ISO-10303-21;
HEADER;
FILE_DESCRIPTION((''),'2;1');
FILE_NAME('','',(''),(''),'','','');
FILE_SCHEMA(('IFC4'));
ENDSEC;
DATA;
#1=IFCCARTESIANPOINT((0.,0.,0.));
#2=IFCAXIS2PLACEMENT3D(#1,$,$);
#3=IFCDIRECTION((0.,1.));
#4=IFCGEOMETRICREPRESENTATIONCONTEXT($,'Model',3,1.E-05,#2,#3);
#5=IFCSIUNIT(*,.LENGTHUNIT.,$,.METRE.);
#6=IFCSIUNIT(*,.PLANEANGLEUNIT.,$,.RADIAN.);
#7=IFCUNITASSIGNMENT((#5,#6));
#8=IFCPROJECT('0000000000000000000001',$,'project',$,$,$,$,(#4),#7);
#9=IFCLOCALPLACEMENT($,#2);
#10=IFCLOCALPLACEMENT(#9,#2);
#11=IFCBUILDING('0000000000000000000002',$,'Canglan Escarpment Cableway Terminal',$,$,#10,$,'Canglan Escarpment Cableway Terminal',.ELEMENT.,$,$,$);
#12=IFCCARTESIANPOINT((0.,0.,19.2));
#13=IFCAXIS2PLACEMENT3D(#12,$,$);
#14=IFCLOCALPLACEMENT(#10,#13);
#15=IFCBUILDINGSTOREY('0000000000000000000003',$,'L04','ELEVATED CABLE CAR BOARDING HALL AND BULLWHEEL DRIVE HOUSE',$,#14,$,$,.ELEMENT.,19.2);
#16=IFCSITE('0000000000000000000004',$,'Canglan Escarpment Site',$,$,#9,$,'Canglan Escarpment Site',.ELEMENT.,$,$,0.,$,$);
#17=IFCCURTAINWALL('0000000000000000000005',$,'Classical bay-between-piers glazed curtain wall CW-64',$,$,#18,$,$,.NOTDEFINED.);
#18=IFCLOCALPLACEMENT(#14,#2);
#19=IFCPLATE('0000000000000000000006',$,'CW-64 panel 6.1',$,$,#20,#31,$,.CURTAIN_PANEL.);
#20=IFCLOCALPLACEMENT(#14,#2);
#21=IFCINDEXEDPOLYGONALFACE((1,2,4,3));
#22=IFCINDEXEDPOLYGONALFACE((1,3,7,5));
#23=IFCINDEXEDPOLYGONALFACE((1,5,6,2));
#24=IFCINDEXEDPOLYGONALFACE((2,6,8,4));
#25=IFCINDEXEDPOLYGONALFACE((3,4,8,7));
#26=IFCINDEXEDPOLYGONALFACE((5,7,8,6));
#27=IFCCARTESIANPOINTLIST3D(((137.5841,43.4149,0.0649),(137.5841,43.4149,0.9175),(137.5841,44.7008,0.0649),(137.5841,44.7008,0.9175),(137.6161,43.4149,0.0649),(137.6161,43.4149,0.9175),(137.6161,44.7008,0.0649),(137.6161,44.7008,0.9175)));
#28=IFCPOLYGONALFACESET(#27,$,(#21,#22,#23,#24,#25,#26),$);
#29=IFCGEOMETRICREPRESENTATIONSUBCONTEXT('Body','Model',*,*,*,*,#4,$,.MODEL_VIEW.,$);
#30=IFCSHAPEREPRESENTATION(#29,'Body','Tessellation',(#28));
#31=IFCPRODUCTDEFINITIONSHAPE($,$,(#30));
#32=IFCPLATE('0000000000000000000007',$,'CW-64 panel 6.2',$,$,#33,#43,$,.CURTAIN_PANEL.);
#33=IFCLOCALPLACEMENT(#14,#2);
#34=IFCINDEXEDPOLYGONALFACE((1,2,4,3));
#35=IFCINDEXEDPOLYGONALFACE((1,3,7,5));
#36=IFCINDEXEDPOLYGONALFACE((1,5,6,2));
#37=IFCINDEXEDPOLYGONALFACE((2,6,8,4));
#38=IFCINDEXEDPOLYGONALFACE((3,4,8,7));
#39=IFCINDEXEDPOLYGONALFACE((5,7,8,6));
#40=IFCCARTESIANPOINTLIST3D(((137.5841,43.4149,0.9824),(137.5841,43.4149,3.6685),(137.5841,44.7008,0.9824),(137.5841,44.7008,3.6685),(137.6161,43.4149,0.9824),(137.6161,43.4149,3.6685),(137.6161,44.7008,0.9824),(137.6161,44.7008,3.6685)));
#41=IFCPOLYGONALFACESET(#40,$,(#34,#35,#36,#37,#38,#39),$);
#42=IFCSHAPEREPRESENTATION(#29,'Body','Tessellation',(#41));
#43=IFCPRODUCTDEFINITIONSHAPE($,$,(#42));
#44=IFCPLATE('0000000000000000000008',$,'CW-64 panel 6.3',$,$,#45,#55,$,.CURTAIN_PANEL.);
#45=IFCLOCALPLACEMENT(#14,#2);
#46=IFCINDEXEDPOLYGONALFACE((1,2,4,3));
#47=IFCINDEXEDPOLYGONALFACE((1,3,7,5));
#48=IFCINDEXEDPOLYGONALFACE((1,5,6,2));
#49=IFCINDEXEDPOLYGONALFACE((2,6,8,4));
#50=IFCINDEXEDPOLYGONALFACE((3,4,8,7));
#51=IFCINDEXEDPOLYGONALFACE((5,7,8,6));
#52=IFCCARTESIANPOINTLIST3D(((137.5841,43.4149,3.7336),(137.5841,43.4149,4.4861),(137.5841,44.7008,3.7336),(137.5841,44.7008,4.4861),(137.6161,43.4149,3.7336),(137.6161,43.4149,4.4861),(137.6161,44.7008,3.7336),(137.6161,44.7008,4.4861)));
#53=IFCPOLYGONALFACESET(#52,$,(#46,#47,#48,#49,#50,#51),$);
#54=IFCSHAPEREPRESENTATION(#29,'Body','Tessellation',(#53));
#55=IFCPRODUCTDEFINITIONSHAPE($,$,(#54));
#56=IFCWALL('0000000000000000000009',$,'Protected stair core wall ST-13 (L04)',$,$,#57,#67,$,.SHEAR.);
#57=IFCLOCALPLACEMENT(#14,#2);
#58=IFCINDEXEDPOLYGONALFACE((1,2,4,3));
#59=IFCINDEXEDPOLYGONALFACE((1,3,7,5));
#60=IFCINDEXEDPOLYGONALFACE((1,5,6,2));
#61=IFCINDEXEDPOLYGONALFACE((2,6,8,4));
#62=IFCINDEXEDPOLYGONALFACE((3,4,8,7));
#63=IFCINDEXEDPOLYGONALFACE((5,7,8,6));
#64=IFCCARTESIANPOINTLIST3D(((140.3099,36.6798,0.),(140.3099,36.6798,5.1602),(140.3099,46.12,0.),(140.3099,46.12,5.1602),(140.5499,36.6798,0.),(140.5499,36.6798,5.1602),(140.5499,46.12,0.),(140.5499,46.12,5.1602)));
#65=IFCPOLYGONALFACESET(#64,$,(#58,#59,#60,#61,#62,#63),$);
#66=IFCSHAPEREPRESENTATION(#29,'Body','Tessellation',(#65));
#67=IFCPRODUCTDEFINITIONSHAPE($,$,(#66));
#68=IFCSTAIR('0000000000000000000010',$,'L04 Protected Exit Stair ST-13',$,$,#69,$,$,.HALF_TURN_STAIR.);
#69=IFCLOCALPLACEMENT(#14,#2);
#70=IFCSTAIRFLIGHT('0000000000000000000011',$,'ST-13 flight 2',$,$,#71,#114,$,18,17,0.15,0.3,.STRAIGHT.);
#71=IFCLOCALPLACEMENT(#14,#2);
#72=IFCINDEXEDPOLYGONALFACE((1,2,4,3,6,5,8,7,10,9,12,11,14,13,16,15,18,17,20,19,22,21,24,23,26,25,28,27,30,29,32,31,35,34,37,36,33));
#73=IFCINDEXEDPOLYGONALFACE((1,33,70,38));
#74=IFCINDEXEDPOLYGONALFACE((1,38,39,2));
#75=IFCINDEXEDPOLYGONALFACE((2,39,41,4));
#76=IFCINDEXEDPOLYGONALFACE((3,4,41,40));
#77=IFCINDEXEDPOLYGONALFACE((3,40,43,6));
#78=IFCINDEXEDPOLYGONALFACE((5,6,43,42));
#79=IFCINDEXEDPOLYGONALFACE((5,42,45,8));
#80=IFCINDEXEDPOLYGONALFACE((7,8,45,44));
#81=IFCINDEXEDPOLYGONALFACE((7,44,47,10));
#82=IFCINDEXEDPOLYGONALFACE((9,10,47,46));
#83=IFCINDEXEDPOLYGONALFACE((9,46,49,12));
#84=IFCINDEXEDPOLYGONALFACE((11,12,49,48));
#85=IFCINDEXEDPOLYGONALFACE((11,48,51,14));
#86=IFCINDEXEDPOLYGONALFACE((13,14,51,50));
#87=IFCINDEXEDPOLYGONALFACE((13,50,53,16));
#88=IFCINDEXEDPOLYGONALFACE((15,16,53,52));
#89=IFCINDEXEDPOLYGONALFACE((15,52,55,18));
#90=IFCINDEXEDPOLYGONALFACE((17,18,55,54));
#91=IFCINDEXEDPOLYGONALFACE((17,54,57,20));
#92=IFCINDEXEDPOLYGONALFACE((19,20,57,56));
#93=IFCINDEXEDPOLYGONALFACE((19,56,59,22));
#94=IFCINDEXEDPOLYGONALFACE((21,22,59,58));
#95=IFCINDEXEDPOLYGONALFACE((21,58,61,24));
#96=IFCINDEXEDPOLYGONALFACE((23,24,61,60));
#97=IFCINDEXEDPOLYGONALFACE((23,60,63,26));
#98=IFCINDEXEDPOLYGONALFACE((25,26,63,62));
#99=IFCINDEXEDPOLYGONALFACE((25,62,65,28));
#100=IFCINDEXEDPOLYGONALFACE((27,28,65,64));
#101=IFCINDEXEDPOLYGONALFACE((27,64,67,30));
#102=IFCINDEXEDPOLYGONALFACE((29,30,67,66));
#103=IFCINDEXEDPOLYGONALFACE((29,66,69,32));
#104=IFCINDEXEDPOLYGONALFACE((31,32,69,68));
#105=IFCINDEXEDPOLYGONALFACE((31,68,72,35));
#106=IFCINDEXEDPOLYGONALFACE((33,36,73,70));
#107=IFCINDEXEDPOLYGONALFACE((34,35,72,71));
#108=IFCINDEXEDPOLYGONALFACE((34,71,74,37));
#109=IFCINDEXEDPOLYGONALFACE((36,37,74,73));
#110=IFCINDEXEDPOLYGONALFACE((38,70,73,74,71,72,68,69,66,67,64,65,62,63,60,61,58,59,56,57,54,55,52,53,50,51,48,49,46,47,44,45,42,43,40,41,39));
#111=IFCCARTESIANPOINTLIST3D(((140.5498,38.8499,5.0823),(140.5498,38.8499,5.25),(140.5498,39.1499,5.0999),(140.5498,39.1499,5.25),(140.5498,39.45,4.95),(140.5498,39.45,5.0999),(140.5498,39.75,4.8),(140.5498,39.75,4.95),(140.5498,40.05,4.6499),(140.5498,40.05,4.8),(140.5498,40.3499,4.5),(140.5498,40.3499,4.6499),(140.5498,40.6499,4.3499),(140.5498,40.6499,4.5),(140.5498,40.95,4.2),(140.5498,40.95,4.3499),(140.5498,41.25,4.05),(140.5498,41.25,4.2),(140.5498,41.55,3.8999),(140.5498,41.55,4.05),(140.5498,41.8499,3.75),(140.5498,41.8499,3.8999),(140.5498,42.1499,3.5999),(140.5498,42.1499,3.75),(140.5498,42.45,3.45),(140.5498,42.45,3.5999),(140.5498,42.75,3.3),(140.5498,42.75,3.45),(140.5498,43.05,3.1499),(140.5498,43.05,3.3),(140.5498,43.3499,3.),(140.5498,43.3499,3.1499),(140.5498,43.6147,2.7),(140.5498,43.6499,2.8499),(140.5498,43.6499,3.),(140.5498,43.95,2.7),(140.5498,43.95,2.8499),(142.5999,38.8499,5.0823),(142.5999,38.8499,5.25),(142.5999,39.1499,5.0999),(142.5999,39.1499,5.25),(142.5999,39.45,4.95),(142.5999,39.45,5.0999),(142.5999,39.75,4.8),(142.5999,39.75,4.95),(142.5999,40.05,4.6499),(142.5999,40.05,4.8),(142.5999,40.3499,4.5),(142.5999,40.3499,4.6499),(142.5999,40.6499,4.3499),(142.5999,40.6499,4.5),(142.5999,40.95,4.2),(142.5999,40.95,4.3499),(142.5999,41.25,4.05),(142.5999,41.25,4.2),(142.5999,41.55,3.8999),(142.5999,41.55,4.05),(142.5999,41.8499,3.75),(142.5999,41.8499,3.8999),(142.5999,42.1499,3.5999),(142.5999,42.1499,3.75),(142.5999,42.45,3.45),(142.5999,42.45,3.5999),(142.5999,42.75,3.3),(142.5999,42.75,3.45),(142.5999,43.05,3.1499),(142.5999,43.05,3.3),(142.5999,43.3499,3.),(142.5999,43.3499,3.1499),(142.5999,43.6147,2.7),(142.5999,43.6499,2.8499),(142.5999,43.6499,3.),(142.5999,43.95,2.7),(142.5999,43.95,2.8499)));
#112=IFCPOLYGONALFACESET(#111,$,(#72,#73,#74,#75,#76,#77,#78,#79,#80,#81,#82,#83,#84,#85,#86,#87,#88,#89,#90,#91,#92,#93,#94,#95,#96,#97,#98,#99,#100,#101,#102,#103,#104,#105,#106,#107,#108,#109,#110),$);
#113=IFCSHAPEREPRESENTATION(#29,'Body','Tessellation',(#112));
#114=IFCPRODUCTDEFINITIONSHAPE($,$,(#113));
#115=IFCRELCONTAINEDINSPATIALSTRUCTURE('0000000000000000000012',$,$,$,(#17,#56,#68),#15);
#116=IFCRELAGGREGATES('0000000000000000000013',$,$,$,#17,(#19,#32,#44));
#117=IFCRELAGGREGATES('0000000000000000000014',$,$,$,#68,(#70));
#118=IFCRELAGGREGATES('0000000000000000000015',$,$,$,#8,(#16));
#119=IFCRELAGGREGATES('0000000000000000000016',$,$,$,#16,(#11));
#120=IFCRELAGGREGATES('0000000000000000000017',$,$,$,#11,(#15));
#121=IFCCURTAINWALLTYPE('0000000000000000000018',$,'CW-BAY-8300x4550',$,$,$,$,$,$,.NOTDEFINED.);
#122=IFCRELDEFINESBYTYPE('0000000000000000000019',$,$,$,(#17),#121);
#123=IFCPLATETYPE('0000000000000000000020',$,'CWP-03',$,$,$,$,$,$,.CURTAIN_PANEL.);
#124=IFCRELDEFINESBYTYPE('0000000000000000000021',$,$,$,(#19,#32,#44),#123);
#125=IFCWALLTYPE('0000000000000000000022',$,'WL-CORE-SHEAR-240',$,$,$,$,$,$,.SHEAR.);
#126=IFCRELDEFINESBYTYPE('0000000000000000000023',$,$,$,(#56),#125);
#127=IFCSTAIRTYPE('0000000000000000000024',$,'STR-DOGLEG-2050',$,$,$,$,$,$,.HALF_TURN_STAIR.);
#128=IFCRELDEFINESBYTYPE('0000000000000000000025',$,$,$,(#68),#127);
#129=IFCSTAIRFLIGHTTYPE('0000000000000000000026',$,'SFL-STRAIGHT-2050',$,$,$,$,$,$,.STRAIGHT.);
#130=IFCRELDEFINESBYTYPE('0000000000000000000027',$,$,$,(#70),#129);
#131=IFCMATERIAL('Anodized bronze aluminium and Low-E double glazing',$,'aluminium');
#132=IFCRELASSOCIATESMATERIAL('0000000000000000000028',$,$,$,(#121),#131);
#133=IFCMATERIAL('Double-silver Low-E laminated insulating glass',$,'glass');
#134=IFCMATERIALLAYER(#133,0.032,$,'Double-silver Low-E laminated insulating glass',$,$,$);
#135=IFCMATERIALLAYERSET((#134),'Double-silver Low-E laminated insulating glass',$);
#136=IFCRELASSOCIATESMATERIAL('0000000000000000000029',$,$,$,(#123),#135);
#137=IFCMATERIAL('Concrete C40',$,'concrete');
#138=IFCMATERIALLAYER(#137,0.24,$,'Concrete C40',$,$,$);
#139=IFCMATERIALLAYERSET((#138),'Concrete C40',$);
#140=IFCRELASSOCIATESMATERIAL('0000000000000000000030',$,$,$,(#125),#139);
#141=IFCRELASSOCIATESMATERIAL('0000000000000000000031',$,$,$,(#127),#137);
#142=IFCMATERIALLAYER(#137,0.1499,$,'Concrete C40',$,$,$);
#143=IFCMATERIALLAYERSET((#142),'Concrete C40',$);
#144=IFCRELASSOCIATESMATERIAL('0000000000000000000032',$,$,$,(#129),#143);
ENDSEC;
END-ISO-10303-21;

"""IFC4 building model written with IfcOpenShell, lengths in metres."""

from ifc_helpers import new_model, si_unit, direction, frame, frame_2d, origin, origin_2d, place, context, subcontext, project, spatial, polyline, rectangle, outline, extrude, material, layer, layer_set, type_object, element, aggregate, save


model = new_model("IFC4")

# Units and contexts
model_context = context("Model", 3, precision=1e-05, world=origin(), true_north=direction((0.0, 1.0)))
body_context = subcontext(model_context, "Body", "Model", "MODEL_VIEW")
ifc_project = project(units=[si_unit("LENGTHUNIT", "METRE"), si_unit("PLANEANGLEUNIT", "RADIAN")], contexts=[model_context])

# Site, building, storey
site_placement = place(None, origin())
site = spatial("IfcSite", under=ifc_project, at=site_placement, Name="Canglan Escarpment Site", LongName="Canglan Escarpment Site", CompositionType="ELEMENT", RefElevation=0.0)
building_placement = place(site_placement, origin())
building = spatial("IfcBuilding", under=site, at=building_placement, Name="Canglan Escarpment Cableway Terminal", LongName="Canglan Escarpment Cableway Terminal", CompositionType="ELEMENT")
storey_placement = place(building_placement, frame((0.0, 0.0, 19.2)))
storey = spatial("IfcBuildingStorey", under=building, at=storey_placement, Name="L04", Description="ELEVATED CABLE CAR BOARDING HALL AND BULLWHEEL DRIVE HOUSE", CompositionType="ELEMENT", Elevation=19.2)

# Curtain wall, plates
ifc_material_1 = material(Name="Anodized bronze aluminium and Low-E double glazing", Category="aluminium")
curtain_wall_type = type_object("IfcCurtainWallType", Name="CW-BAY-8300x4550", PredefinedType="NOTDEFINED", material=ifc_material_1)
curtain_wall_placement = place(storey_placement, origin())
curtain_wall = element("IfcCurtainWall", 1, at=curtain_wall_placement, inside=storey, type_object=curtain_wall_type, Name="Classical bay-between-piers glazed curtain wall CW-64", PredefinedType="NOTDEFINED")
ifc_material_2 = material(Name="Double-silver Low-E laminated insulating glass", Category="glass")
ifc_layer_1 = layer(ifc_material_2, 0.032, Name="Double-silver Low-E laminated insulating glass")
ifc_layer_set_1 = layer_set([ifc_layer_1], Name="Double-silver Low-E laminated insulating glass")
plate_type = type_object("IfcPlateType", Name="CWP-03", PredefinedType="CURTAIN_PANEL", material=ifc_layer_set_1)
plate_1_placement = place(storey_placement, frame((137.6001, 44.0579, 0.0649), z_axis=(0.0, 0.0, 1.0), x_axis=(0.0, -1.0, 0.0)))
plate_1 = element("IfcPlate", 2, at=plate_1_placement, type_object=plate_type, Name="CW-64 panel 6.1", PredefinedType="CURTAIN_PANEL", context=body_context, shape_type="SweptSolid", body=[
    extrude(rectangle(XDim=1.2859, YDim=0.032, at=origin_2d()), origin(), (0.0, 0.0, 1.0), 0.8525),
])
plate_2_placement = place(storey_placement, frame((137.6001, 44.0579, 0.9824), z_axis=(0.0, 0.0, 1.0), x_axis=(0.0, -1.0, 0.0)))
plate_2 = element("IfcPlate", 3, at=plate_2_placement, type_object=plate_type, Name="CW-64 panel 6.2", PredefinedType="CURTAIN_PANEL", context=body_context, shape_type="SweptSolid", body=[
    extrude(rectangle(XDim=1.2859, YDim=0.032, at=origin_2d()), origin(), (0.0, 0.0, 1.0), 2.686),
])
plate_3_placement = place(storey_placement, frame((137.6001, 44.0579, 3.7336), z_axis=(0.0, 0.0, 1.0), x_axis=(0.0, -1.0, 0.0)))
plate_3 = element("IfcPlate", 4, at=plate_3_placement, type_object=plate_type, Name="CW-64 panel 6.3", PredefinedType="CURTAIN_PANEL", context=body_context, shape_type="SweptSolid", body=[
    extrude(rectangle(XDim=1.2859, YDim=0.032, at=origin_2d()), origin(), (0.0, 0.0, 1.0), 0.7524),
])
aggregate(curtain_wall, [plate_1, plate_2, plate_3])

# Wall
ifc_material_3 = material(Name="Concrete C40", Category="concrete")
ifc_layer_2 = layer(ifc_material_3, 0.24, Name="Concrete C40")
ifc_layer_set_2 = layer_set([ifc_layer_2], Name="Concrete C40")
wall_type = type_object("IfcWallType", Name="WL-CORE-SHEAR-240", PredefinedType="SHEAR", material=ifc_layer_set_2)
wall_placement = place(storey_placement, frame((140.4299, 46.1201, 0.0), z_axis=(0.0, 0.0, 1.0), x_axis=(0.0, -1.0, 0.0)))
element("IfcWall", 5, at=wall_placement, inside=storey, type_object=wall_type, Name="Protected stair core wall ST-13 (L04)", PredefinedType="SHEAR", context=body_context, shape_type="SweptSolid", body=[
    extrude(rectangle(XDim=9.4402, YDim=0.24, at=frame_2d((4.7202, 0.0))), origin(), (0.0, 0.0, 1.0), 5.1602),
])

# Stair, stair flight
stair_type = type_object("IfcStairType", Name="STR-DOGLEG-2050", PredefinedType="HALF_TURN_STAIR", material=ifc_material_3)
stair_placement = place(storey_placement, origin())
stair = element("IfcStair", 6, at=stair_placement, inside=storey, type_object=stair_type, Name="L04 Protected Exit Stair ST-13", PredefinedType="HALF_TURN_STAIR")
ifc_layer_3 = layer(ifc_material_3, 0.1499, Name="Concrete C40")
ifc_layer_set_3 = layer_set([ifc_layer_3], Name="Concrete C40")
stair_flight_type = type_object("IfcStairFlightType", Name="SFL-STRAIGHT-2050", PredefinedType="STRAIGHT", material=ifc_layer_set_3)
stair_flight_placement = place(storey_placement, frame((141.575, 43.95, 2.7), z_axis=(0.0, 0.0, 1.0), x_axis=(0.0, -1.0, 0.0)))
stair_flight = element("IfcStairFlight", 7, at=stair_flight_placement, type_object=stair_flight_type, Name="ST-13 flight 2", NumberOfRisers=18, NumberOfTreads=17, PredefinedType="STRAIGHT", RiserHeight=0.15, TreadLength=0.3, context=body_context, shape_type="SweptSolid", body=[
    extrude(outline(polyline([(0.0, 0.0), (0.0, 0.1499), (0.3, 0.1499), (0.3, 0.3), (0.6001, 0.3), (0.6001, 0.45), (0.8999, 0.45), (0.8999, 0.6001), (1.2, 0.6001), (1.2, 0.75), (1.5, 0.75), (1.5, 0.8999), (1.8, 0.8999), (1.8, 1.05), (2.1001, 1.05), (2.1001, 1.2), (2.3999, 1.2), (2.3999, 1.3501), (2.7, 1.3501), (2.7, 1.5), (3.0, 1.5), (3.0, 1.6499), (3.3, 1.6499), (3.3, 1.8), (3.6001, 1.8), (3.6001, 1.95), (3.8999, 1.95), (3.8999, 2.1001), (4.2, 2.1001), (4.2, 2.25), (4.5, 2.25), (4.5, 2.3999), (4.8, 2.3999), (4.8, 2.55), (5.1001, 2.55), (5.1001, 2.7), (5.1001, 2.3823), (0.3352, 0.0), (0.0, 0.0)])), frame((0.0, 1.0249, 0.0), z_axis=(0.0, -1.0, 0.0), x_axis=(1.0, 0.0, 0.0)), (0.0, 0.0, 1.0), 2.05),
])
aggregate(stair, [stair_flight])

save(model, "model.ifc")
